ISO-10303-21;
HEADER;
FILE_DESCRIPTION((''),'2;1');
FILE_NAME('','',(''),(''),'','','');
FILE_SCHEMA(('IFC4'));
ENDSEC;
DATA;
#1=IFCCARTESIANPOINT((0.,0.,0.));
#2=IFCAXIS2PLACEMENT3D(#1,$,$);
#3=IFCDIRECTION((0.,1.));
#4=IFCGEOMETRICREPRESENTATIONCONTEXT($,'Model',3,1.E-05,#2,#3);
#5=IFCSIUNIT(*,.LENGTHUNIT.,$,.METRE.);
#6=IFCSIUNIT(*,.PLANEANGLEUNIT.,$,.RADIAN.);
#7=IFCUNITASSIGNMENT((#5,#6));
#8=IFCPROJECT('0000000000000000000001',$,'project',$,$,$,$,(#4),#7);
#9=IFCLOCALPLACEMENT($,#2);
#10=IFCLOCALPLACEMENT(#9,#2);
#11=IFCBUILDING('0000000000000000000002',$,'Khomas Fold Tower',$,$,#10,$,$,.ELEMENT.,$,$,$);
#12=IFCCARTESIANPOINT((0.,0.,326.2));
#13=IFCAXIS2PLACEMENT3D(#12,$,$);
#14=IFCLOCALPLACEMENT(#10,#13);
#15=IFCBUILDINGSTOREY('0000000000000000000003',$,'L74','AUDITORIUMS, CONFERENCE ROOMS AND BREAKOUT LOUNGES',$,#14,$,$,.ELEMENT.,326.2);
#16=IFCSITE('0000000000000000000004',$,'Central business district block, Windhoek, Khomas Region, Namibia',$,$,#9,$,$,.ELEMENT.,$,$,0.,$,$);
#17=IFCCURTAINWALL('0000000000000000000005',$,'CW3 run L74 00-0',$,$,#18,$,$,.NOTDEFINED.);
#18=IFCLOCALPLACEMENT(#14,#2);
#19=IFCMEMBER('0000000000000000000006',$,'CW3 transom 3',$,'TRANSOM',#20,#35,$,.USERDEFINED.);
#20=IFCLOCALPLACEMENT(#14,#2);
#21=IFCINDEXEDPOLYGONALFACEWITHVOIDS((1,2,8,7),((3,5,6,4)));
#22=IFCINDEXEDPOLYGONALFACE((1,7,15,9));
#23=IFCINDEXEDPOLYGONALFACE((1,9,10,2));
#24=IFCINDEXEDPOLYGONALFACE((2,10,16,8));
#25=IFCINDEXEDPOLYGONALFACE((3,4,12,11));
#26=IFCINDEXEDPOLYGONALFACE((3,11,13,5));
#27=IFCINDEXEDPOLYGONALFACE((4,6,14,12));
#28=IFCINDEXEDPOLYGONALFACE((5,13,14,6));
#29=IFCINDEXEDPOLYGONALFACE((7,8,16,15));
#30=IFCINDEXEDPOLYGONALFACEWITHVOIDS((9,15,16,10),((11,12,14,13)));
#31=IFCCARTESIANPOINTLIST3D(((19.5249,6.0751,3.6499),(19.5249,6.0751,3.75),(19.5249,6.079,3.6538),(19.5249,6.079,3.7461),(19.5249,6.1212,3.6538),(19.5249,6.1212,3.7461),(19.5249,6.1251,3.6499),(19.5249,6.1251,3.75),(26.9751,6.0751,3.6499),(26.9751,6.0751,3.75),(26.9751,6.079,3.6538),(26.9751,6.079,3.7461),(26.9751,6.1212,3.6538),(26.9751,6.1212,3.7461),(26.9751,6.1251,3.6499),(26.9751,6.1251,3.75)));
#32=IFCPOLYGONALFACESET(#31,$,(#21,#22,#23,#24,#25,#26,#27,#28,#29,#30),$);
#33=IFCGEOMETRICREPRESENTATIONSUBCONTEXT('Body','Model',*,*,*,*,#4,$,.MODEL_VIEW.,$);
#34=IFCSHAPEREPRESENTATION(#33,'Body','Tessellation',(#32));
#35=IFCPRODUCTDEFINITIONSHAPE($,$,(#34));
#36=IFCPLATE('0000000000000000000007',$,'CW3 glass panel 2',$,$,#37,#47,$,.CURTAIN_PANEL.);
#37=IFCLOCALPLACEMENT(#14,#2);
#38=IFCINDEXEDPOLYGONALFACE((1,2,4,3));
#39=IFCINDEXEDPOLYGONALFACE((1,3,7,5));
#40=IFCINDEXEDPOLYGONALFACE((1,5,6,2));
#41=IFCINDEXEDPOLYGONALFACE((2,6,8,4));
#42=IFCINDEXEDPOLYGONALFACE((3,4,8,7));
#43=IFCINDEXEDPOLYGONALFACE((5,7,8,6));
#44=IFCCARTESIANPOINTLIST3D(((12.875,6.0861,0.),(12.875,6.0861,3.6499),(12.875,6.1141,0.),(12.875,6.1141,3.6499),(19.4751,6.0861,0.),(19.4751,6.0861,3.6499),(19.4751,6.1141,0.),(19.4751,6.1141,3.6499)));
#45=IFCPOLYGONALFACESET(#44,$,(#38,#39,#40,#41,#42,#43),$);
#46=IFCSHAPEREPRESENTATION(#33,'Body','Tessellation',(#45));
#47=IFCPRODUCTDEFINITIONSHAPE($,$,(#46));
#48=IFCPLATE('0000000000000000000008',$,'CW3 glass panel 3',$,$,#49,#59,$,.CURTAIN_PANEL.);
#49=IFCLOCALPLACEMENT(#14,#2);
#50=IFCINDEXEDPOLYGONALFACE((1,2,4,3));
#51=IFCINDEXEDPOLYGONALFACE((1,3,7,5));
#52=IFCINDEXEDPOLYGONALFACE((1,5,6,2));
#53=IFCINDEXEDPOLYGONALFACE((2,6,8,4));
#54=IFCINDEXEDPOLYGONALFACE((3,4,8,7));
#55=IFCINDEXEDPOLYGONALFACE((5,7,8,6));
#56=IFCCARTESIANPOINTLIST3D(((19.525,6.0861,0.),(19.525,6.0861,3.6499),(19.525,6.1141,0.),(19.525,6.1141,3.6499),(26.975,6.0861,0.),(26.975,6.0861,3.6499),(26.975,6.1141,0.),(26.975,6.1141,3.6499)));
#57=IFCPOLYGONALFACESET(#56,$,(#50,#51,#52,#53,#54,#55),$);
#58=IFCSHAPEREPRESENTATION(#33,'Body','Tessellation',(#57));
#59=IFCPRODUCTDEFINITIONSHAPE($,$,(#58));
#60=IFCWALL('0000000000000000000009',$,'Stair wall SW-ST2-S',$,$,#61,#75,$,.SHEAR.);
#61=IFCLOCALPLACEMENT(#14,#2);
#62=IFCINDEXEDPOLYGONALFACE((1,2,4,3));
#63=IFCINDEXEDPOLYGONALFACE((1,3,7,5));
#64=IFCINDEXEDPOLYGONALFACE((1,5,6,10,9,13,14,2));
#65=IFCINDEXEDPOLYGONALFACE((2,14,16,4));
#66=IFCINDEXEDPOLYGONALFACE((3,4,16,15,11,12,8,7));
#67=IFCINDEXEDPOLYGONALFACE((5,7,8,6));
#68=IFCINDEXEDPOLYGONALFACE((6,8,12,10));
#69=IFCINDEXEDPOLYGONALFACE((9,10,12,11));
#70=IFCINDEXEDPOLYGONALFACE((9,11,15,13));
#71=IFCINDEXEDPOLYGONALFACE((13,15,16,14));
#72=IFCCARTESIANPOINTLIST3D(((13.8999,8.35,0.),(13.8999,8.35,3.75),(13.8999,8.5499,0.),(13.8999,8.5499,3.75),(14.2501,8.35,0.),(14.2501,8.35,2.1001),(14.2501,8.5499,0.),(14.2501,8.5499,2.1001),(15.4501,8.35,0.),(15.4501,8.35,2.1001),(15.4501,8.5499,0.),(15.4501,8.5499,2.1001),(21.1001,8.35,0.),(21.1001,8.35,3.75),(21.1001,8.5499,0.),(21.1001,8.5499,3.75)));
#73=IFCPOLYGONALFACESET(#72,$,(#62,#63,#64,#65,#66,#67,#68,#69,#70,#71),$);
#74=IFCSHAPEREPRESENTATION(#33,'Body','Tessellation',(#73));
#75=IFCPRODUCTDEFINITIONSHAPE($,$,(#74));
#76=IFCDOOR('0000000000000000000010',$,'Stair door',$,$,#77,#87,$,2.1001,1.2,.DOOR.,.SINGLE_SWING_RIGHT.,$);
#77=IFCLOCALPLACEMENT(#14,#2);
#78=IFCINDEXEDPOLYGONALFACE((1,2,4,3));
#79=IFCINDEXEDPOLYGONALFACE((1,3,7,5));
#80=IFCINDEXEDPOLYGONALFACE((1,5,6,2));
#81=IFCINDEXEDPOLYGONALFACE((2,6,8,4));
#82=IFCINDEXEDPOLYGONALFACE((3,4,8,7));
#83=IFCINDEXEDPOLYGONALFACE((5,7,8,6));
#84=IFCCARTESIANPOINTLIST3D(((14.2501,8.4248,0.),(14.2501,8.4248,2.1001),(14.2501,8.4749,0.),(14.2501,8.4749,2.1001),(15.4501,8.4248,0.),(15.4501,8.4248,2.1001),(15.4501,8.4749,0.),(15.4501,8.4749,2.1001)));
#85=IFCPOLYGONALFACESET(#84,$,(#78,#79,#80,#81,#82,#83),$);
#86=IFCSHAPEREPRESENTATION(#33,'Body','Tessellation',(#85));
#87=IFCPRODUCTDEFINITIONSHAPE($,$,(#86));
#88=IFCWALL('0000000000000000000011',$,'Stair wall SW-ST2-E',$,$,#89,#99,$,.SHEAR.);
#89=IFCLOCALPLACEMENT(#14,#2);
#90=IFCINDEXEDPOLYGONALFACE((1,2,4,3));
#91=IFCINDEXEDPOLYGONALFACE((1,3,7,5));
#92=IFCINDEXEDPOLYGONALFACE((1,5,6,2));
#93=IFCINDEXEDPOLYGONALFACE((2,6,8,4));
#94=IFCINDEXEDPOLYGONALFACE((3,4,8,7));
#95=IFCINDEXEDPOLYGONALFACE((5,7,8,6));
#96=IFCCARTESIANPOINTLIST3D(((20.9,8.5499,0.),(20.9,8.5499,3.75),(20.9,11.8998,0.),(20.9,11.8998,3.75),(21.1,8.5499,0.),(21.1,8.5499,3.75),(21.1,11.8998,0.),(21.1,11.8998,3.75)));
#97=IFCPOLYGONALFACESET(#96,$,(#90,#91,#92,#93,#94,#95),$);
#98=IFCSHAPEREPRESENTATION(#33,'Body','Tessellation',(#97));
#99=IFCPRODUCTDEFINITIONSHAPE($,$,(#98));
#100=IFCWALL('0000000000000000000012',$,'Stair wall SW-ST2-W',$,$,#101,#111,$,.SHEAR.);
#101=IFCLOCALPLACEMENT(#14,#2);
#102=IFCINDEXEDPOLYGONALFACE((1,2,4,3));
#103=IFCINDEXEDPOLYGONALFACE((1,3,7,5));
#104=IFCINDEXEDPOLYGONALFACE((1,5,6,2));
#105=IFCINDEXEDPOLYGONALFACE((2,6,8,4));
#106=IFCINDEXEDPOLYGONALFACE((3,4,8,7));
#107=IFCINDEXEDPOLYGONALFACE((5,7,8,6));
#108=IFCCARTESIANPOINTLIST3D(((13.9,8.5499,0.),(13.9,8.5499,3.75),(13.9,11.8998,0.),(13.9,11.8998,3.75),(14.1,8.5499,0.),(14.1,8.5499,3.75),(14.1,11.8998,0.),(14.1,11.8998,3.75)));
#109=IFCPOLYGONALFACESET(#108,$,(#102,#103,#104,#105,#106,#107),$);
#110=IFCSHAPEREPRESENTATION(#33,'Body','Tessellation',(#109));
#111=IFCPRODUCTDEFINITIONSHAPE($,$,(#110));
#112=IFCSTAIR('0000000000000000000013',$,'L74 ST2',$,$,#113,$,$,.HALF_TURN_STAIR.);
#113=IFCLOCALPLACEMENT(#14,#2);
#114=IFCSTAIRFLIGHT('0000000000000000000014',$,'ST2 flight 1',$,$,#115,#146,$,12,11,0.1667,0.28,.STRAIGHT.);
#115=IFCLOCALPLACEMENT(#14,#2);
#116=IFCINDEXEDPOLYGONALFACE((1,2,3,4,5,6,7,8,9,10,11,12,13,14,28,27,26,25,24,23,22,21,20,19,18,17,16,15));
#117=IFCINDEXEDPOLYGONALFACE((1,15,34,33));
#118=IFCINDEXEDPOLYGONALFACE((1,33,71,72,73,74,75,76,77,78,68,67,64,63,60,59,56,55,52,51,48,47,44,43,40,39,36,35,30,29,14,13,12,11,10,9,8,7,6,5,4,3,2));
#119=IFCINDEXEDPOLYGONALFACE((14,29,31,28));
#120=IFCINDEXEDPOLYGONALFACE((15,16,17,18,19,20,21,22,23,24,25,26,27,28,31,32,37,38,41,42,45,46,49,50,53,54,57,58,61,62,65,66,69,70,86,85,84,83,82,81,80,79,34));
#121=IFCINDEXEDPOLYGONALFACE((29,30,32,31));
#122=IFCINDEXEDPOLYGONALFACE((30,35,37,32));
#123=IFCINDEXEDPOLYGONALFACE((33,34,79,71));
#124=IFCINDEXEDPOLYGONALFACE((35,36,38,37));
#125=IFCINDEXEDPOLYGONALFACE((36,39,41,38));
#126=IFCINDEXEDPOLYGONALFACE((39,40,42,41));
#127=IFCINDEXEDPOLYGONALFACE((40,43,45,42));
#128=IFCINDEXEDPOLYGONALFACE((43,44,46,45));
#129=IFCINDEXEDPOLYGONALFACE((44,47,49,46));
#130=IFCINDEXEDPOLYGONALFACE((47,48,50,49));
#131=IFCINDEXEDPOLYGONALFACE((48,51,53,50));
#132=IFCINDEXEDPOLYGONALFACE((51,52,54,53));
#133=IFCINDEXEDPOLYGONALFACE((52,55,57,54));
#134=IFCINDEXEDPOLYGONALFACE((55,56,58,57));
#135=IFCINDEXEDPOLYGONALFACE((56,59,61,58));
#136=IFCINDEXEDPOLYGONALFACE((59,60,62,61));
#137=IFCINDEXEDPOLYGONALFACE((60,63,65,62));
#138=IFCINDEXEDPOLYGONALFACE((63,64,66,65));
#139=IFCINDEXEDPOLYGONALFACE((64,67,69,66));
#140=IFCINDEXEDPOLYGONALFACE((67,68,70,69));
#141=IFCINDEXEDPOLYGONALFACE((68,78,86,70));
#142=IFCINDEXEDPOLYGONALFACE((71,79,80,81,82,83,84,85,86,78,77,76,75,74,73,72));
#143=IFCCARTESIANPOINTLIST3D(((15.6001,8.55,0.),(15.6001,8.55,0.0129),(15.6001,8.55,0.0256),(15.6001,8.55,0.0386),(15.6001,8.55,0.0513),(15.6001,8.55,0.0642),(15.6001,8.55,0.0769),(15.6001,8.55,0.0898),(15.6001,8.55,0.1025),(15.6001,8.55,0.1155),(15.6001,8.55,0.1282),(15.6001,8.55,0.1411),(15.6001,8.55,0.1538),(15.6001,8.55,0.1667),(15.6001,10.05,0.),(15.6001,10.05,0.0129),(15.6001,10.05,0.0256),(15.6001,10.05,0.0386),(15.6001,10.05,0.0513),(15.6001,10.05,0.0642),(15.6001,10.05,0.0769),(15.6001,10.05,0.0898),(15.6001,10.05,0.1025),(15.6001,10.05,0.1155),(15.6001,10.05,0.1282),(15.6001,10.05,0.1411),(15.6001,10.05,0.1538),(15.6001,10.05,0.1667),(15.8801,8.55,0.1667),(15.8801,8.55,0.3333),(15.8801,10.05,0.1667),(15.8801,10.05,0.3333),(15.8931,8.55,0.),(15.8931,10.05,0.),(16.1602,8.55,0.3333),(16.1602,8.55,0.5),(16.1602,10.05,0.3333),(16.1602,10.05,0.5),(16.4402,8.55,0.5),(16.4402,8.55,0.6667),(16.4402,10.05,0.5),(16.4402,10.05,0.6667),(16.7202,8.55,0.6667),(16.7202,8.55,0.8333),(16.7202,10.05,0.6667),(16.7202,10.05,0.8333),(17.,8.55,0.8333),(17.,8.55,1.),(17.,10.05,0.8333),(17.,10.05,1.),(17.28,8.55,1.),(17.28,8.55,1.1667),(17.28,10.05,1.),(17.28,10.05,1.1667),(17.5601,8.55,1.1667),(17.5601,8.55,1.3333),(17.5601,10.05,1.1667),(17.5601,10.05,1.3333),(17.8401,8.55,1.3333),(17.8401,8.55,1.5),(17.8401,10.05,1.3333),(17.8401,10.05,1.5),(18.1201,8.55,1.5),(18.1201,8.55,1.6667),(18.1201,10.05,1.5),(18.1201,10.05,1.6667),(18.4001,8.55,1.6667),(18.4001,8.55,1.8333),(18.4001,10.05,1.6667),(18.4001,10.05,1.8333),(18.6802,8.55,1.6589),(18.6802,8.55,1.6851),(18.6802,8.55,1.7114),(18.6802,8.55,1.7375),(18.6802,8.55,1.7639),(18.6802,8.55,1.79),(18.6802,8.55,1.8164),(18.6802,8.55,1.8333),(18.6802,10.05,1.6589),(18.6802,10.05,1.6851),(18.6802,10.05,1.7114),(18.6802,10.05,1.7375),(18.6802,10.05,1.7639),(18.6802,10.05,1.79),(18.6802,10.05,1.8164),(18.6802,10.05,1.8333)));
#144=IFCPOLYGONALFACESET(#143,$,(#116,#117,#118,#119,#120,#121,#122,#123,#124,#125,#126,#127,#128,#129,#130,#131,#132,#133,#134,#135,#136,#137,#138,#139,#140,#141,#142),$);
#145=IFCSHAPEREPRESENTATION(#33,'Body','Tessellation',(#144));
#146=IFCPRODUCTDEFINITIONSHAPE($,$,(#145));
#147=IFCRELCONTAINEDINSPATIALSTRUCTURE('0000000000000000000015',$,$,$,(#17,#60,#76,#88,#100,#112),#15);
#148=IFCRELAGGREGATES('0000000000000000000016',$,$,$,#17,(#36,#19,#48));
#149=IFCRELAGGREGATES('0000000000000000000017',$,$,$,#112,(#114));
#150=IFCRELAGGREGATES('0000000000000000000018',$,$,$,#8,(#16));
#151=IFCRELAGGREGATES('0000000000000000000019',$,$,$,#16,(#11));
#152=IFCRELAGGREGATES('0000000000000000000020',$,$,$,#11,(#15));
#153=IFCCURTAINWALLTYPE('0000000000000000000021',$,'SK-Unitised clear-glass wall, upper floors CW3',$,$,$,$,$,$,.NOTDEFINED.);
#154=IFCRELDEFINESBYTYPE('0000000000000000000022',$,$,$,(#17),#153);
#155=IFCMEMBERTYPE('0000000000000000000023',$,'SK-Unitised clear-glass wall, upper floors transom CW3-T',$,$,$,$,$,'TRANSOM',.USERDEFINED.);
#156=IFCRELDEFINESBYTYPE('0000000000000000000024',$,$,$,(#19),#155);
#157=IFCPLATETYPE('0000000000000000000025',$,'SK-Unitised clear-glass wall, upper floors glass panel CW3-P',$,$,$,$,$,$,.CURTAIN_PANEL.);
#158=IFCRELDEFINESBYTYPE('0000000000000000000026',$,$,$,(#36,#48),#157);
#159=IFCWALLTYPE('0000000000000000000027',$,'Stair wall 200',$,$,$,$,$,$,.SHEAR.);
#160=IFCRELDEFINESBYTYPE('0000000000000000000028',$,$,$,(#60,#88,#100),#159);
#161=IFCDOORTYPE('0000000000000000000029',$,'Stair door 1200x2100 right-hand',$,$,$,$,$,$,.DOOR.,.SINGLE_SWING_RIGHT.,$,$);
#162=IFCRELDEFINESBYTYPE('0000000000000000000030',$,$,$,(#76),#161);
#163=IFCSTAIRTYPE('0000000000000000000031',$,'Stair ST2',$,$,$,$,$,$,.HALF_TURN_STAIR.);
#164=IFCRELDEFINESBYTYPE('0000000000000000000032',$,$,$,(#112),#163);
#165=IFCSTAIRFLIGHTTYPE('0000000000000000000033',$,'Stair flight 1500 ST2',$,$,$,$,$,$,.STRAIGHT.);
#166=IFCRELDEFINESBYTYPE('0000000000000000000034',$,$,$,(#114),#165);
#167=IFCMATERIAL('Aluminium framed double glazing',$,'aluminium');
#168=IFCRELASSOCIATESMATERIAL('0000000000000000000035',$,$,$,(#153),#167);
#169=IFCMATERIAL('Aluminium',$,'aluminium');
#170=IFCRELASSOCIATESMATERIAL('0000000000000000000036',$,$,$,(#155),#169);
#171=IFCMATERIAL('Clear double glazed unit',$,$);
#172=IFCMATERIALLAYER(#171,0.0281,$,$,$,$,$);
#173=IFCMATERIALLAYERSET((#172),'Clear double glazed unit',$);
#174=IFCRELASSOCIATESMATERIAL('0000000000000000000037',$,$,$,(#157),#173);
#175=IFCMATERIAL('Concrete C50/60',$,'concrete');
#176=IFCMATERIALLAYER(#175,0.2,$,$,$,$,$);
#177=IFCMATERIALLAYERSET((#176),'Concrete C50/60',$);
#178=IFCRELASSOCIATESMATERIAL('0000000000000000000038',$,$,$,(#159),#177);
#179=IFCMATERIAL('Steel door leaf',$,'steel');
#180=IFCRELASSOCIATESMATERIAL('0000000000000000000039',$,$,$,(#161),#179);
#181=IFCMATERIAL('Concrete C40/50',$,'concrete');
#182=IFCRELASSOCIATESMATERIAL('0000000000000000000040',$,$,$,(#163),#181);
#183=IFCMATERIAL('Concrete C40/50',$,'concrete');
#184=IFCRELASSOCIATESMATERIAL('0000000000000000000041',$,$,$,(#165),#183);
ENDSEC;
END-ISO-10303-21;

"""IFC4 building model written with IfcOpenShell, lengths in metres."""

from ifc_helpers import new_model, si_unit, direction, frame, frame_2d, origin, origin_2d, place, context, subcontext, project, spatial, polyline, rectangle, hollow_rectangle, outline, extrude, source, transform, mapped, material, layer, layer_set, material_profile, profile_set, type_object, element, fill, aggregate, save


model = new_model("IFC4")

# Units and contexts
model_context = context("Model", 3, precision=1e-05, world=origin(), true_north=direction((0.0, 1.0)))
body_context = subcontext(model_context, "Body", "Model", "MODEL_VIEW")
ifc_project = project(units=[si_unit("LENGTHUNIT", "METRE"), si_unit("PLANEANGLEUNIT", "RADIAN")], contexts=[model_context])

# Site, building, storey
site_placement = place(None, origin())
site = spatial("IfcSite", under=ifc_project, at=site_placement, Name="Central business district block, Windhoek, Khomas Region, Namibia", CompositionType="ELEMENT", RefElevation=0.0)
building_placement = place(site_placement, origin())
building = spatial("IfcBuilding", under=site, at=building_placement, Name="Khomas Fold Tower", CompositionType="ELEMENT")
storey_placement = place(building_placement, frame((0.0, 0.0, 326.2)))
storey = spatial("IfcBuildingStorey", under=building, at=storey_placement, Name="L74", Description="AUDITORIUMS, CONFERENCE ROOMS AND BREAKOUT LOUNGES", CompositionType="ELEMENT", Elevation=326.2)

# Curtain wall, member, plates
ifc_material_1 = material(Name="Aluminium framed double glazing", Category="aluminium")
curtain_wall_type = type_object("IfcCurtainWallType", Name="SK-Unitised clear-glass wall, upper floors CW3", PredefinedType="NOTDEFINED", material=ifc_material_1)
curtain_wall_placement = place(storey_placement, origin())
curtain_wall = element("IfcCurtainWall", 1, at=curtain_wall_placement, inside=storey, type_object=curtain_wall_type, Name="CW3 run L74 00-0", PredefinedType="NOTDEFINED")
ifc_material_2 = material(Name="Aluminium", Category="aluminium")
ifc_material_profile_1 = material_profile(ifc_material_2, hollow_rectangle(XDim=0.05, YDim=0.1001, WallThickness=0.0039, at=origin_2d()), Name="SK-Unitised clear-glass wall, upper floors transom CW3-T")
ifc_profile_set_1 = profile_set([ifc_material_profile_1], Name="Aluminium")
member_type_1 = type_object("IfcMemberType", Name="SK-Unitised clear-glass wall, upper floors transom CW3-T", ElementType="TRANSOM", PredefinedType="USERDEFINED", material=ifc_profile_set_1)
shared_shape_1 = source(origin(), body_context, "Body", "SweptSolid", [
    extrude(hollow_rectangle(XDim=0.05, YDim=0.1001, WallThickness=0.0039, at=origin_2d()), origin(), (0.0, 0.0, 1.0), 7.4502),
])
member_1_placement = place(storey_placement, frame((19.5249, 6.1001, 3.7), z_axis=(1.0, 0.0, 0.0), x_axis=(0.0, 1.0, 0.0)))
member_1 = element("IfcMember", 2, at=member_1_placement, type_object=member_type_1, Name="CW3 transom 3", ObjectType="TRANSOM", PredefinedType="USERDEFINED", context=body_context, shape_type="MappedRepresentation", body=[
    mapped(shared_shape_1, transform((0.0, 0.0, 0.0))),
])
ifc_material_3 = material(Name="Clear double glazed unit")
ifc_layer_1 = layer(ifc_material_3, 0.0281)
ifc_layer_set_1 = layer_set([ifc_layer_1], Name="Clear double glazed unit")
plate_type = type_object("IfcPlateType", Name="SK-Unitised clear-glass wall, upper floors glass panel CW3-P", PredefinedType="CURTAIN_PANEL", material=ifc_layer_set_1)
shared_shape_2 = source(origin(), body_context, "Body", "SweptSolid", [
    extrude(rectangle(XDim=6.6001, YDim=0.0281, at=origin_2d()), origin(), (0.0, 0.0, 1.0), 3.6499),
])
plate_1_placement = place(storey_placement, frame((16.175, 6.1001, 0.0), z_axis=(0.0, 0.0, 1.0), x_axis=(1.0, 0.0, 0.0)))
plate_1 = element("IfcPlate", 3, at=plate_1_placement, type_object=plate_type, Name="CW3 glass panel 2", PredefinedType="CURTAIN_PANEL", context=body_context, shape_type="MappedRepresentation", body=[
    mapped(shared_shape_2, transform((0.0, 0.0, 0.0))),
])
shared_shape_3 = source(origin(), body_context, "Body", "SweptSolid", [
    extrude(rectangle(XDim=7.45, YDim=0.0281, at=origin_2d()), origin(), (0.0, 0.0, 1.0), 3.6499),
])
plate_2_placement = place(storey_placement, frame((23.25, 6.1001, 0.0), z_axis=(0.0, 0.0, 1.0), x_axis=(1.0, 0.0, 0.0)))
plate_2 = element("IfcPlate", 4, at=plate_2_placement, type_object=plate_type, Name="CW3 glass panel 3", PredefinedType="CURTAIN_PANEL", context=body_context, shape_type="MappedRepresentation", body=[
    mapped(shared_shape_3, transform((0.0, 0.0, 0.0))),
])
aggregate(curtain_wall, [plate_1, member_1, plate_2])

# Wall, opening, door
ifc_material_4 = material(Name="Concrete C50/60", Category="concrete")
ifc_layer_2 = layer(ifc_material_4, 0.2)
ifc_layer_set_2 = layer_set([ifc_layer_2], Name="Concrete C50/60")
wall_type = type_object("IfcWallType", Name="Stair wall 200", PredefinedType="SHEAR", material=ifc_layer_set_2)
shared_shape_4 = source(origin(), body_context, "Body", "SweptSolid", [
    extrude(rectangle(XDim=7.2002, YDim=0.2, at=frame_2d((3.6001, 0.0))), origin(), (0.0, 0.0, 1.0), 3.75),
])
wall_placement = place(storey_placement, frame((13.8999, 8.45, 0.0), z_axis=(0.0, 0.0, 1.0), x_axis=(1.0, 0.0, 0.0)))
wall = element("IfcWall", 5, at=wall_placement, inside=storey, type_object=wall_type, Name="Stair wall SW-ST2-S", PredefinedType="SHEAR", context=body_context, shape_type="MappedRepresentation", body=[
    mapped(shared_shape_4, transform((0.0, 0.0, 0.0))),
])
shared_shape_5 = source(origin(), body_context, "Body", "SweptSolid", [
    extrude(rectangle(XDim=1.2, YDim=2.1001, at=frame_2d((0.6001, 1.05))), frame((0.0, 0.1099, 0.0), z_axis=(0.0, -1.0, 0.0), x_axis=(1.0, 0.0, 0.0)), (0.0, 0.0, 1.0), 0.22),
])
opening_placement = place(wall_placement, frame((0.3501, 0.0, 0.0)))
opening = element("IfcOpeningElement", 6, at=opening_placement, cuts=wall, PredefinedType="OPENING", context=body_context, shape_type="MappedRepresentation", body=[
    mapped(shared_shape_5, transform((0.0, 0.0, 0.0))),
])
ifc_material_5 = material(Name="Steel door leaf", Category="steel")
door_type = type_object("IfcDoorType", Name="Stair door 1200x2100 right-hand", OperationType="SINGLE_SWING_RIGHT", PredefinedType="DOOR", material=ifc_material_5)
shared_shape_6 = source(origin(), body_context, "Body", "SweptSolid", [
    extrude(rectangle(XDim=1.2, YDim=2.1001, at=frame_2d((0.6001, 1.05))), frame((0.0, 0.0249, 0.0), z_axis=(0.0, -1.0, 0.0), x_axis=(1.0, 0.0, 0.0)), (0.0, 0.0, 1.0), 0.05),
])
door_placement = place(opening_placement, origin())
door = element("IfcDoor", 7, at=door_placement, inside=storey, type_object=door_type, Name="Stair door", OperationType="SINGLE_SWING_RIGHT", OverallHeight=2.1001, OverallWidth=1.2, PredefinedType="DOOR", context=body_context, shape_type="MappedRepresentation", body=[
    mapped(shared_shape_6, transform((0.0, 0.0, 0.0))),
])
fill(opening, door)

# Walls
shared_shape_7 = source(origin(), body_context, "Body", "SweptSolid", [
    extrude(rectangle(XDim=3.3499, YDim=0.2, at=frame_2d((1.6748, 0.0))), origin(), (0.0, 0.0, 1.0), 3.75),
])
for number, where, z_axis, x_axis, name in (
    (8, (21.0, 8.55, 0.0), (0.0, 0.0, 1.0), (0.0, 1.0, 0.0), "Stair wall SW-ST2-E"),
    (9, (14.0, 8.55, 0.0), (0.0, 0.0, 1.0), (0.0, 1.0, 0.0), "Stair wall SW-ST2-W"),
):
    element("IfcWall", number, at=place(storey_placement, frame(where, z_axis=z_axis, x_axis=x_axis)), inside=storey, type_object=wall_type, Name=name, PredefinedType="SHEAR", context=body_context, shape_type="MappedRepresentation", body=[
        mapped(shared_shape_7, transform((0.0, 0.0, 0.0))),
    ])

# Stair, stair flight
ifc_material_6 = material(Name="Concrete C40/50", Category="concrete")
stair_type = type_object("IfcStairType", Name="Stair ST2", PredefinedType="HALF_TURN_STAIR", material=ifc_material_6)
stair_placement = place(storey_placement, origin())
stair = element("IfcStair", 10, at=stair_placement, inside=storey, type_object=stair_type, Name="L74 ST2", PredefinedType="HALF_TURN_STAIR")
ifc_material_7 = material(Name="Concrete C40/50", Category="concrete")
stair_flight_type = type_object("IfcStairFlightType", Name="Stair flight 1500 ST2", PredefinedType="STRAIGHT", material=ifc_material_7)
shared_shape_8 = source(origin(), body_context, "Body", "SweptSolid", [
    extrude(outline(polyline([(0.0, 0.0), (0.0, 0.0129), (0.0, 0.0256), (0.0, 0.0386), (0.0, 0.0513), (0.0, 0.0642), (0.0, 0.0769), (0.0, 0.0898), (0.0, 0.1025), (0.0, 0.1155), (0.0, 0.1282), (0.0, 0.1411), (0.0, 0.1538), (0.0, 0.1667), (0.28, 0.1667), (0.28, 0.3333), (0.5601, 0.3333), (0.5601, 0.5), (0.8401, 0.5), (0.8401, 0.6667), (1.1201, 0.6667), (1.1201, 0.8333), (1.3999, 0.8333), (1.3999, 1.0), (1.6799, 1.0), (1.6799, 1.1667), (1.96, 1.1667), (1.96, 1.3333), (2.24, 1.3333), (2.24, 1.5), (2.52, 1.5), (2.52, 1.6667), (2.8, 1.6667), (2.8, 1.8333), (3.0801, 1.8333), (3.0801, 2.0), (3.0801, 1.9739), (3.0801, 1.9475), (3.0801, 1.9214), (3.0801, 1.895), (3.0801, 1.8689), (3.0801, 1.8425), (3.0801, 1.8164), (3.0801, 1.79), (3.0801, 1.7639), (3.0801, 1.7375), (3.0801, 1.7114), (3.0801, 1.6851), (3.0801, 1.6589), (0.293, 0.0), (0.0, 0.0)])), frame((0.0, 0.75, 0.0), z_axis=(0.0, -1.0, 0.0), x_axis=(1.0, 0.0, 0.0)), (0.0, 0.0, 1.0), 1.5),
])
stair_flight_placement = place(storey_placement, frame((15.6001, 9.3, 0.0), z_axis=(0.0, 0.0, 1.0), x_axis=(1.0, 0.0, 0.0)))
stair_flight = element("IfcStairFlight", 11, at=stair_flight_placement, type_object=stair_flight_type, Name="ST2 flight 1", NumberOfRisers=12, NumberOfTreads=11, PredefinedType="STRAIGHT", RiserHeight=0.1667, TreadLength=0.28, context=body_context, shape_type="MappedRepresentation", body=[
    mapped(shared_shape_8, transform((0.0, 0.0, 0.0))),
])
aggregate(stair, [stair_flight])

save(model, "model.ifc")
